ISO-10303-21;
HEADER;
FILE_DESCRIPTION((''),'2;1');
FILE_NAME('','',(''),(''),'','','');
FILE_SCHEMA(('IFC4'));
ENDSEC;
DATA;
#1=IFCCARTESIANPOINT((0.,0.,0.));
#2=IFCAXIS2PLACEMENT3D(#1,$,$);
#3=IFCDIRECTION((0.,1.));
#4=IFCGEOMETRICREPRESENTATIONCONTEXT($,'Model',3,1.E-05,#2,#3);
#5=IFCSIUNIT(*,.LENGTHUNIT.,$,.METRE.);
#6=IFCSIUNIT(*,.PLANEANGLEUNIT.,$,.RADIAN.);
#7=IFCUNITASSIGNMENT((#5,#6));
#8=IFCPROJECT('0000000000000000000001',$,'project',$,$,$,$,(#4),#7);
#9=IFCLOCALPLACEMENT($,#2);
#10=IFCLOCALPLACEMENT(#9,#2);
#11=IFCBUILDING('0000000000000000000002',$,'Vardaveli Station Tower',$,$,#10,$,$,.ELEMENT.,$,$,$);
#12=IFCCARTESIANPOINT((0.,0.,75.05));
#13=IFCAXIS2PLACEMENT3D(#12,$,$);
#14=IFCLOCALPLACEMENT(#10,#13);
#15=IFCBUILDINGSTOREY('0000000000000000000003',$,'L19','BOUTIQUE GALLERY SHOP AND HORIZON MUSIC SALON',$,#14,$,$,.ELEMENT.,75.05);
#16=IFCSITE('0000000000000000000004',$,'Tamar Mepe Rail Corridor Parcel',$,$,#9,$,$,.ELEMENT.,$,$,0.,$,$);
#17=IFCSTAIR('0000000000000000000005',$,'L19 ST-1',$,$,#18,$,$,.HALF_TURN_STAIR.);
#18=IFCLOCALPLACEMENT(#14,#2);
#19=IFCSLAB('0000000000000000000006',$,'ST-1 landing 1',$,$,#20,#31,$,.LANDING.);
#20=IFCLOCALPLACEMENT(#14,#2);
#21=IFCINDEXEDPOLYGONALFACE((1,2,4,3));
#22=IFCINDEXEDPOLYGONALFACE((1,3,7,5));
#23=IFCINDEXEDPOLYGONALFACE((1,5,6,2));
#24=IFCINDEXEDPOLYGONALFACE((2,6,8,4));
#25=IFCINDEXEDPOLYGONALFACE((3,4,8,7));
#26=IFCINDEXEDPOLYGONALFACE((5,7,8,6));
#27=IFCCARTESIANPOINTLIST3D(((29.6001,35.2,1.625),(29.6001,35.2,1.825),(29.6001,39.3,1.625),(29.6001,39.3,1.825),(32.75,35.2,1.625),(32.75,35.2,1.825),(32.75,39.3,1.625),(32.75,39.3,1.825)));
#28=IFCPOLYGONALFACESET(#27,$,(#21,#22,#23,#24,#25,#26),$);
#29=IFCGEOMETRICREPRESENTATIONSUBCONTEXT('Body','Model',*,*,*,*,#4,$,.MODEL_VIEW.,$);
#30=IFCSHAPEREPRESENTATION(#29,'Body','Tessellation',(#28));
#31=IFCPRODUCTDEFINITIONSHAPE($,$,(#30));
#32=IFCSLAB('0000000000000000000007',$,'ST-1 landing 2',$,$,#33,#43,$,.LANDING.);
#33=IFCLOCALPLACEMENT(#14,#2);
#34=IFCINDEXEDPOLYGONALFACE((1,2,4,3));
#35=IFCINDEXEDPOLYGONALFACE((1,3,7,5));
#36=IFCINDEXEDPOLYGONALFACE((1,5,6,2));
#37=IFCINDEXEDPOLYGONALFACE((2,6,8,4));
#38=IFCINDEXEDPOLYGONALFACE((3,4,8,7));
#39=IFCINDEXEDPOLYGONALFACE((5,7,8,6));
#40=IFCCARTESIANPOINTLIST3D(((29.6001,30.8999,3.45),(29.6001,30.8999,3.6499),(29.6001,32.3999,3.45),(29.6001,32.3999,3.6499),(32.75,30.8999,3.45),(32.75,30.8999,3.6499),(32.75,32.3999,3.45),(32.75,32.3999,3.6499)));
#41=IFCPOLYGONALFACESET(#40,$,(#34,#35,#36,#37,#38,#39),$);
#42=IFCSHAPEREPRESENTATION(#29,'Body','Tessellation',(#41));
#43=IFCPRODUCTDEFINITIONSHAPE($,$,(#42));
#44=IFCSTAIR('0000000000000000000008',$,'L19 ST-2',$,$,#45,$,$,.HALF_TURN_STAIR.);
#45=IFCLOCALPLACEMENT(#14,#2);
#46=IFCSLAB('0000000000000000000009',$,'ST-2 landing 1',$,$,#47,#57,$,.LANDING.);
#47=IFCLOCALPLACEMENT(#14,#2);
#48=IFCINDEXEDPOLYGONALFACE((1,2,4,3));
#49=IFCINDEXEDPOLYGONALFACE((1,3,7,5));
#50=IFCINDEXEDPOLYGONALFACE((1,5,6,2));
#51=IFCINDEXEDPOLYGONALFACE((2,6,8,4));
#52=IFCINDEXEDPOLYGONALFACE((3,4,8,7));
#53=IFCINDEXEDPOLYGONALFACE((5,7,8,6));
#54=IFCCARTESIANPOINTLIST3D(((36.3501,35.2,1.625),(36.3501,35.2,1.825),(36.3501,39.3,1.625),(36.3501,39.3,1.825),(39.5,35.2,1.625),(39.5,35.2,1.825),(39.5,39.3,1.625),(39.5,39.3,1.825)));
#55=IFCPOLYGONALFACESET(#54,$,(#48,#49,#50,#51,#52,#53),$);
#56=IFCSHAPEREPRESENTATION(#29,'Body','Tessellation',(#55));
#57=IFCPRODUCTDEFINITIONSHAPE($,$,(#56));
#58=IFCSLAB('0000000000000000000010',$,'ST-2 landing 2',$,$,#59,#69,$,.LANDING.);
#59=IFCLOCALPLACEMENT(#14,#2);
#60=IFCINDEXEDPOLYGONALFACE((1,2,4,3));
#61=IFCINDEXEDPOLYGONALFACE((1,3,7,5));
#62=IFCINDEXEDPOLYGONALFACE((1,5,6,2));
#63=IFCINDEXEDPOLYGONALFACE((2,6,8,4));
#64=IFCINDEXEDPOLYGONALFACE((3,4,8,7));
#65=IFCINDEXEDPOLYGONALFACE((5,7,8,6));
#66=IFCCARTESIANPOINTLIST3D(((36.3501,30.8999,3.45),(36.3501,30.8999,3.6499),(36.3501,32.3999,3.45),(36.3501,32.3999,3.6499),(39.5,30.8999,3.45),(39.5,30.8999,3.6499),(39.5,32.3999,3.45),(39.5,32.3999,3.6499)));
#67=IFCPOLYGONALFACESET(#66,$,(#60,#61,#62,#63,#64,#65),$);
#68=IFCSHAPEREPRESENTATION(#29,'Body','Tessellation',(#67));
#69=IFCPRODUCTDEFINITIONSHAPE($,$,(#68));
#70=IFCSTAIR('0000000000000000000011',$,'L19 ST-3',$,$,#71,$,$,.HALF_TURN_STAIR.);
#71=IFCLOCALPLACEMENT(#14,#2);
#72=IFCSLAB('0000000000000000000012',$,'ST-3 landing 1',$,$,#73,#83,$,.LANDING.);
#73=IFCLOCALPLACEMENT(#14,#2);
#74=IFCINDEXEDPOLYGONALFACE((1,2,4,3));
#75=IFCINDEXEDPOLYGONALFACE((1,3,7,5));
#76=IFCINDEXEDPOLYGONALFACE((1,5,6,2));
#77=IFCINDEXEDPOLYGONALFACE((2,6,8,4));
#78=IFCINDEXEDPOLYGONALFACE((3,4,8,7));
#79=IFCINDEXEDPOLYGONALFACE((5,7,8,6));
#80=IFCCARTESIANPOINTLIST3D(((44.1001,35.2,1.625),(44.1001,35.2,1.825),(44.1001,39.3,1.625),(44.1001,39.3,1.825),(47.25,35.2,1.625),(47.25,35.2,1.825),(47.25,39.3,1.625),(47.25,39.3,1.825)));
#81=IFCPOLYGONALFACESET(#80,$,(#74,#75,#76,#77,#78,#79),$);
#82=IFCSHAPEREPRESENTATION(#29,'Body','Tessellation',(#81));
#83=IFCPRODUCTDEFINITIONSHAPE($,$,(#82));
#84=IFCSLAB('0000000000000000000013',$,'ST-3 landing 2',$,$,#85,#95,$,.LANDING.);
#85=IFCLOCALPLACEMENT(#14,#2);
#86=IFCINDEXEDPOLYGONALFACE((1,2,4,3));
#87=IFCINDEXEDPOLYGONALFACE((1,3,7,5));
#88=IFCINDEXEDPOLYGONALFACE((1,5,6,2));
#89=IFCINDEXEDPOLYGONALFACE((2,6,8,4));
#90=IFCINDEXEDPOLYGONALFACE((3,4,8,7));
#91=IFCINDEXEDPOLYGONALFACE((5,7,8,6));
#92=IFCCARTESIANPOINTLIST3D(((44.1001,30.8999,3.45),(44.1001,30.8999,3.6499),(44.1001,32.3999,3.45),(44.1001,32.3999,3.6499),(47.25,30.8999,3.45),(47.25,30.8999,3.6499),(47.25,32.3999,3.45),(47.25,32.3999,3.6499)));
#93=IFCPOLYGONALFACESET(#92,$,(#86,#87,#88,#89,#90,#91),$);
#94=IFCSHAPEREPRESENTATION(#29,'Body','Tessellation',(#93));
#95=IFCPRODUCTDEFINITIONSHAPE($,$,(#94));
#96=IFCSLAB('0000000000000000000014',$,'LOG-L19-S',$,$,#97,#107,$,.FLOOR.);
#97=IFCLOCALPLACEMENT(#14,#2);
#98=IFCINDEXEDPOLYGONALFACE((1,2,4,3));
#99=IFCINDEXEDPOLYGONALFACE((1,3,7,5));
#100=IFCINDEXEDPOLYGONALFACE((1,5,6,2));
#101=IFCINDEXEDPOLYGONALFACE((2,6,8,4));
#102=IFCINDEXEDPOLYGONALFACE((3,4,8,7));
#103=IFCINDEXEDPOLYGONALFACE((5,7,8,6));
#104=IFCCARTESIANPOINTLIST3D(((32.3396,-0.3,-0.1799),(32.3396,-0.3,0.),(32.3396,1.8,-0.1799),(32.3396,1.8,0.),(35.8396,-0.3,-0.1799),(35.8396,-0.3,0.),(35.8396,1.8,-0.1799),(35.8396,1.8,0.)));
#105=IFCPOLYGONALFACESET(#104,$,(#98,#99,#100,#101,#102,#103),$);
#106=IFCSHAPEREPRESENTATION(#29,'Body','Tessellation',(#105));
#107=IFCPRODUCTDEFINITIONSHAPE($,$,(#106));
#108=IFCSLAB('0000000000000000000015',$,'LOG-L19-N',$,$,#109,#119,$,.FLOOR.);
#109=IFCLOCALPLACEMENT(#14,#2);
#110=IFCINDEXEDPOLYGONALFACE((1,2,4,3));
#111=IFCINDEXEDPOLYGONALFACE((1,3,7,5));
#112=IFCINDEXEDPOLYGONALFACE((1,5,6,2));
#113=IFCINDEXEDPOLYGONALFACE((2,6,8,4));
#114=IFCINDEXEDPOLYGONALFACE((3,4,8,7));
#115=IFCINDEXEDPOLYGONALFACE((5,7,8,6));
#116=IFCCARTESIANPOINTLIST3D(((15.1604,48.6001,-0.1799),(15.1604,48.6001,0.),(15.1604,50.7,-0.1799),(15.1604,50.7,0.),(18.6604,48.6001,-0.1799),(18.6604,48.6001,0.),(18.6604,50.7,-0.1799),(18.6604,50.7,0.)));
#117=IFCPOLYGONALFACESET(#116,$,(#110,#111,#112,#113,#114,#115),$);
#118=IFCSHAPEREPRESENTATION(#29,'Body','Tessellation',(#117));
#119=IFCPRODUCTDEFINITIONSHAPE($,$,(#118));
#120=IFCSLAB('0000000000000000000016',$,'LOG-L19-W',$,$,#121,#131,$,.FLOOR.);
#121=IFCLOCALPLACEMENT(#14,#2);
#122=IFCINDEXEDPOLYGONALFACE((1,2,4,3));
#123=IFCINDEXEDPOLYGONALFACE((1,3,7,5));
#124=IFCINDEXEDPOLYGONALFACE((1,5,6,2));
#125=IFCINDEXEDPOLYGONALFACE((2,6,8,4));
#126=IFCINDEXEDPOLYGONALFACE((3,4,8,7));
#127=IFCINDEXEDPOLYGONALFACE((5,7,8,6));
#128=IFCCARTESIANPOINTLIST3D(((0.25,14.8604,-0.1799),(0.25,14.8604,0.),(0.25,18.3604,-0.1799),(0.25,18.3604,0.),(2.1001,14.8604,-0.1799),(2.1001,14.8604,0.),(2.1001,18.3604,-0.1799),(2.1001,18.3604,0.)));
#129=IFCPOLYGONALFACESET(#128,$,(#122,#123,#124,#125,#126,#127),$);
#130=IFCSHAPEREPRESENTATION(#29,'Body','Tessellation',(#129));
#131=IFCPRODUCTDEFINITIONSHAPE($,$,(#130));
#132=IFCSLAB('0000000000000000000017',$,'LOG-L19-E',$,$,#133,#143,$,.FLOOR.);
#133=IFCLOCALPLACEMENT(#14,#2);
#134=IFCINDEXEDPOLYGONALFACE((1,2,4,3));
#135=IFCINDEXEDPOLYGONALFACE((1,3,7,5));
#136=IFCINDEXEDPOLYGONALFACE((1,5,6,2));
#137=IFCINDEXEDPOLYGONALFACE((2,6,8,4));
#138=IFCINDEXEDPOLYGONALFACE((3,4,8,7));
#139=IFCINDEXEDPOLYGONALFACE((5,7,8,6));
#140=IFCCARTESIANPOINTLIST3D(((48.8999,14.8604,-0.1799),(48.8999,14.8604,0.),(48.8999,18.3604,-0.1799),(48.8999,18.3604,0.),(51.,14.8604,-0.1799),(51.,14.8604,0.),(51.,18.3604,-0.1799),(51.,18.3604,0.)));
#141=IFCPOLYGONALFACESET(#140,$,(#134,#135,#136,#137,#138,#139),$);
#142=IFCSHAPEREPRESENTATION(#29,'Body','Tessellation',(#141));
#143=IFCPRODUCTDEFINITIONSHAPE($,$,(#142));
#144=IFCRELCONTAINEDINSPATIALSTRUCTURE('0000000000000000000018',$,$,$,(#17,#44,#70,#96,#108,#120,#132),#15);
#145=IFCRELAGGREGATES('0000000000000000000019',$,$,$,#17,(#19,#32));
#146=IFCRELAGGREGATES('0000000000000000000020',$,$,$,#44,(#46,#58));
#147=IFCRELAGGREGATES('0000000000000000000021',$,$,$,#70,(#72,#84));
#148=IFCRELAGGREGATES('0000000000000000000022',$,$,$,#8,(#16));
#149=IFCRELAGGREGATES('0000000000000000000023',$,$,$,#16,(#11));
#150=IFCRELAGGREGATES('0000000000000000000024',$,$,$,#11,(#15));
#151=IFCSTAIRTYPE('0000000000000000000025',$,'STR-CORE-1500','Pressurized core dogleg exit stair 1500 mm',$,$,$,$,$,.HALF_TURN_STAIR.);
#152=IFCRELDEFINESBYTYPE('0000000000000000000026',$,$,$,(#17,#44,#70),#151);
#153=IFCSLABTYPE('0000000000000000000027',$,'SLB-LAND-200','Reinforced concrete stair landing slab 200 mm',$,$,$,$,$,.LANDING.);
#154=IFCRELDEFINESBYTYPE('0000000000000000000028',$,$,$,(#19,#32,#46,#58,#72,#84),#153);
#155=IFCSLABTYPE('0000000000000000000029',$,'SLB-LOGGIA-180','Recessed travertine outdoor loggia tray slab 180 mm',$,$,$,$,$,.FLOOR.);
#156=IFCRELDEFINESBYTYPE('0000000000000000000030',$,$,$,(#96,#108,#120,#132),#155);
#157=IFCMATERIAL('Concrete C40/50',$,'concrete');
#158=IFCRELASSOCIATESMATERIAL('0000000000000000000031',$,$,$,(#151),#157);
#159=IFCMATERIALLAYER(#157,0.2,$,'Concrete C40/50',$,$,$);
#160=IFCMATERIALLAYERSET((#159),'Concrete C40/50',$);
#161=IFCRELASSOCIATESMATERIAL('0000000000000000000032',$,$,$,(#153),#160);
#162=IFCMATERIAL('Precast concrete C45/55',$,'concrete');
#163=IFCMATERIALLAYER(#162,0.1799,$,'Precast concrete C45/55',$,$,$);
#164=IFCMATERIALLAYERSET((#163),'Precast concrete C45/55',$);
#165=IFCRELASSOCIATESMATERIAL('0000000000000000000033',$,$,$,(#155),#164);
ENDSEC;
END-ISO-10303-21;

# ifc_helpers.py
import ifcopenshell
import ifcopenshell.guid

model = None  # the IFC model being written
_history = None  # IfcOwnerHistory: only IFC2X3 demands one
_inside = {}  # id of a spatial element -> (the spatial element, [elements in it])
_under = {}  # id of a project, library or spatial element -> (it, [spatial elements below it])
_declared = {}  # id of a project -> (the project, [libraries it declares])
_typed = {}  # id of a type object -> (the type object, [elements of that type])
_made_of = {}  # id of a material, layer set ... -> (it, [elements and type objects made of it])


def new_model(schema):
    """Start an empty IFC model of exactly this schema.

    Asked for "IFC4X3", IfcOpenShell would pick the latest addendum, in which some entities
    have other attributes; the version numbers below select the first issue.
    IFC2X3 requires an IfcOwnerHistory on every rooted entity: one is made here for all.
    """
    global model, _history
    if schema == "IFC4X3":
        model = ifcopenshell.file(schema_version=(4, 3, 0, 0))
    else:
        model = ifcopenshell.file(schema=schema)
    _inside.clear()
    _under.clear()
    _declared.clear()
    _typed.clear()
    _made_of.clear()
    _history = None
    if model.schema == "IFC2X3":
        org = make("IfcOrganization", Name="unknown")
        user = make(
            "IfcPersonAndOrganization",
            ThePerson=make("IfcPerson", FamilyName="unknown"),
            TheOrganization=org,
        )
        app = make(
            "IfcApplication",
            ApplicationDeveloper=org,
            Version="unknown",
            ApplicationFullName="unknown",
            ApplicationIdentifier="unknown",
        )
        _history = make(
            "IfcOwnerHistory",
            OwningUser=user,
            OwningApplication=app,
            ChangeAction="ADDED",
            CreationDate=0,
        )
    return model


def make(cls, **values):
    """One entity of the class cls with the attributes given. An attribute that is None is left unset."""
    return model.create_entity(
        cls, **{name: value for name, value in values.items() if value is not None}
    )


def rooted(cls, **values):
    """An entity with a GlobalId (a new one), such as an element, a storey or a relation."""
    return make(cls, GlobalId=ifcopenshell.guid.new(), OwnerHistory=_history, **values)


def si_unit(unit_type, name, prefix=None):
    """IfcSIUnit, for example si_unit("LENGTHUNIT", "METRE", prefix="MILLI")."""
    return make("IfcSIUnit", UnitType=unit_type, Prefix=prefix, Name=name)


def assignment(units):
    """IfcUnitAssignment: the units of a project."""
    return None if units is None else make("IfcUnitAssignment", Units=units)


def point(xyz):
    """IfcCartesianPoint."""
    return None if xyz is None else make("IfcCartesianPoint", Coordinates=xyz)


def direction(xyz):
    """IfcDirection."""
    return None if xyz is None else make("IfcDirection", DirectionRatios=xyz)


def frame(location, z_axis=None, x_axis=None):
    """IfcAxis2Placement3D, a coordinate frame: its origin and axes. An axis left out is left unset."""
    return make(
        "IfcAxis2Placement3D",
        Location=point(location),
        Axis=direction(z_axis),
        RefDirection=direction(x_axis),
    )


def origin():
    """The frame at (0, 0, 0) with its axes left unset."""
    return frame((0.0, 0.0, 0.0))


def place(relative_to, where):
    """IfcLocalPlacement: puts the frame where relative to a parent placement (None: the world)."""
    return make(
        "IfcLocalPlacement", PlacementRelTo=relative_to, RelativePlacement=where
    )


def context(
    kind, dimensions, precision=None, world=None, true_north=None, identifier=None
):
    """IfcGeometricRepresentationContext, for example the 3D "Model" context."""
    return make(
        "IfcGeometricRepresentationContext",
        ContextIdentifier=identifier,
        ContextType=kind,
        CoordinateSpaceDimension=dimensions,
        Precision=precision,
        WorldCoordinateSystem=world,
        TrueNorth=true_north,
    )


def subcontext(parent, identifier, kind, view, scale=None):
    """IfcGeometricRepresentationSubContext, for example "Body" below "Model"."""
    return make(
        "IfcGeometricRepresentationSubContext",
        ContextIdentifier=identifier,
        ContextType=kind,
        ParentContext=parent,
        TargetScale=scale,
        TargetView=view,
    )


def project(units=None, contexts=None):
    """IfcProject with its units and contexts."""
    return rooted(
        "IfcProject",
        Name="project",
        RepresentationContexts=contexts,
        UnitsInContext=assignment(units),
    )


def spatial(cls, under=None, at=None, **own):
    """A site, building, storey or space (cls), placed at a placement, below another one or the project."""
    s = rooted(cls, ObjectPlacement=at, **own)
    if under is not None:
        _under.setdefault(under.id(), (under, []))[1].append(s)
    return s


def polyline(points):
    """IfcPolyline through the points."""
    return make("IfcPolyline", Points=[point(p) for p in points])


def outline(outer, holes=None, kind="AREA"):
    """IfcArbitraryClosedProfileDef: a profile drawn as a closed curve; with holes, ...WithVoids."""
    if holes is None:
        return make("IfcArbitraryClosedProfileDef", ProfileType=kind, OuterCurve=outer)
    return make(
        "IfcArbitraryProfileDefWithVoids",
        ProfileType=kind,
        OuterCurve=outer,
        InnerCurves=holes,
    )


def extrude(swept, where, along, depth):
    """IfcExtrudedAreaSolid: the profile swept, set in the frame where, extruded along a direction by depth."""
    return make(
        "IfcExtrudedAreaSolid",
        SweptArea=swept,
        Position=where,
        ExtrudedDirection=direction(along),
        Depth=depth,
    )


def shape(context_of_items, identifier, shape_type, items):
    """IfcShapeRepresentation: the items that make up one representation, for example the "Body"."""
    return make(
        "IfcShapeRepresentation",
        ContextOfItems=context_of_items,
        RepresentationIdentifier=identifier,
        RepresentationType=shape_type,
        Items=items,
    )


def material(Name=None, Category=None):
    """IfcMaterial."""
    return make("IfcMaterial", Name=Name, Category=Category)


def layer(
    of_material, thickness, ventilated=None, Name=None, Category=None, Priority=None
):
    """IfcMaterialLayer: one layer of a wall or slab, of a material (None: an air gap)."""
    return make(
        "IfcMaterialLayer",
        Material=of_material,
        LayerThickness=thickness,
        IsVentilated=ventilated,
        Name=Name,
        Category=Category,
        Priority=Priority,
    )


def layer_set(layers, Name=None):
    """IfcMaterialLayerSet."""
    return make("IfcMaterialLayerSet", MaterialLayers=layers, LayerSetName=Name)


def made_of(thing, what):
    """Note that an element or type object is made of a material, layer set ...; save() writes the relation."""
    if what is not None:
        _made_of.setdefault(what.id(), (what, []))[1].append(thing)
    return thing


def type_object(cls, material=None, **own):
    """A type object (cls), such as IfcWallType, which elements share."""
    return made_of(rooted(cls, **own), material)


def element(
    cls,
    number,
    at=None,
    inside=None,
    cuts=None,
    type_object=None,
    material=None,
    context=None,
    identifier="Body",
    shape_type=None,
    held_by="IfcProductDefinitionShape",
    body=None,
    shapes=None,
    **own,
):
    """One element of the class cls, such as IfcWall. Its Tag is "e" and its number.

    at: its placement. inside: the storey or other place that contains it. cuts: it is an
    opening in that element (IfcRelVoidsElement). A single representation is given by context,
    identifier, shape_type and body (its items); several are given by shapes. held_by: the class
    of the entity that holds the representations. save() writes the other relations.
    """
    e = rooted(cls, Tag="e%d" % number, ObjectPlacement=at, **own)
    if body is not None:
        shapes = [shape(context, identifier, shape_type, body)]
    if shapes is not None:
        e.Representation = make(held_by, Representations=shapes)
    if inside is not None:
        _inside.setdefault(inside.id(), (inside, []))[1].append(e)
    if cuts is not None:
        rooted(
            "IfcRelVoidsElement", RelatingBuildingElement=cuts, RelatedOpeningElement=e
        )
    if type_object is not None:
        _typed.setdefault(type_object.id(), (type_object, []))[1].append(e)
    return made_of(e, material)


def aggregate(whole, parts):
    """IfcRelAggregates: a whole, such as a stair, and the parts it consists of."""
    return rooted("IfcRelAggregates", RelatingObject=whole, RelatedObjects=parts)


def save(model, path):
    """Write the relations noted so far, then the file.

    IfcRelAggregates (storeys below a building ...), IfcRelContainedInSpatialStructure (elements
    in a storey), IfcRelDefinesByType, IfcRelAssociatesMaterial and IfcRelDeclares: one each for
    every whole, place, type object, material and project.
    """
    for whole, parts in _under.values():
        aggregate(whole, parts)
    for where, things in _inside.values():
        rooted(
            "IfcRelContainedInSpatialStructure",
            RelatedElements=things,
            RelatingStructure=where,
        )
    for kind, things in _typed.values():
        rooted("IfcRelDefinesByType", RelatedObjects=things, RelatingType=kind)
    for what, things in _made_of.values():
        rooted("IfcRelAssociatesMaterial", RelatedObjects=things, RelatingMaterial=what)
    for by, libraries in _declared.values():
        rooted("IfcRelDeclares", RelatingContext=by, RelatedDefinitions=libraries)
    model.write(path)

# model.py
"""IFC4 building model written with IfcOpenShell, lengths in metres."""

from ifc_helpers import new_model, si_unit, direction, frame, origin, place, context, subcontext, project, spatial, polyline, outline, extrude, material, layer, layer_set, type_object, element, aggregate, save


model = new_model("IFC4")

# Units and contexts
model_context = context("Model", 3, precision=1e-05, world=origin(), true_north=direction((0.0, 1.0)))
body_context = subcontext(model_context, "Body", "Model", "MODEL_VIEW")
ifc_project = project(units=[si_unit("LENGTHUNIT", "METRE"), si_unit("PLANEANGLEUNIT", "RADIAN")], contexts=[model_context])

# Site, building, storey
site_placement = place(None, origin())
site = spatial("IfcSite", under=ifc_project, at=site_placement, Name="Tamar Mepe Rail Corridor Parcel", CompositionType="ELEMENT", RefElevation=0.0)
building_placement = place(site_placement, origin())
building = spatial("IfcBuilding", under=site, at=building_placement, Name="Vardaveli Station Tower", CompositionType="ELEMENT")
storey_placement = place(building_placement, frame((0.0, 0.0, 75.05)))
storey = spatial("IfcBuildingStorey", under=building, at=storey_placement, Name="L19", Description="BOUTIQUE GALLERY SHOP AND HORIZON MUSIC SALON", CompositionType="ELEMENT", Elevation=75.05)

# Stairs, slabs
ifc_material_1 = material(Name="Concrete C40/50", Category="concrete")
stair_type = type_object("IfcStairType", Name="STR-CORE-1500", Description="Pressurized core dogleg exit stair 1500 mm", PredefinedType="HALF_TURN_STAIR", material=ifc_material_1)
stair_1_placement = place(storey_placement, origin())
stair_1 = element("IfcStair", 1, at=stair_1_placement, inside=storey, type_object=stair_type, Name="L19 ST-1", PredefinedType="HALF_TURN_STAIR")
ifc_layer_1 = layer(ifc_material_1, 0.2, Name="Concrete C40/50")
ifc_layer_set_1 = layer_set([ifc_layer_1], Name="Concrete C40/50")
slab_type_1 = type_object("IfcSlabType", Name="SLB-LAND-200", Description="Reinforced concrete stair landing slab 200 mm", PredefinedType="LANDING", material=ifc_layer_set_1)
slab_1_placement = place(storey_placement, frame((0.0, 0.0, 1.625)))
slab_1 = element("IfcSlab", 2, at=slab_1_placement, type_object=slab_type_1, Name="ST-1 landing 1", PredefinedType="LANDING", context=body_context, shape_type="SweptSolid", body=[
    extrude(outline(polyline([(32.75, 35.2), (32.75, 39.3), (29.6001, 39.3), (29.6001, 35.2), (32.75, 35.2)])), origin(), (0.0, 0.0, 1.0), 0.2),
])
slab_2_placement = place(storey_placement, frame((0.0, 0.0, 3.45)))
slab_2 = element("IfcSlab", 3, at=slab_2_placement, type_object=slab_type_1, Name="ST-1 landing 2", PredefinedType="LANDING", context=body_context, shape_type="SweptSolid", body=[
    extrude(outline(polyline([(32.75, 30.8999), (32.75, 32.3999), (29.6001, 32.3999), (29.6001, 30.8999), (32.75, 30.8999)])), origin(), (0.0, 0.0, 1.0), 0.2),
])
aggregate(stair_1, [slab_1, slab_2])
stair_2_placement = place(storey_placement, origin())
stair_2 = element("IfcStair", 4, at=stair_2_placement, inside=storey, type_object=stair_type, Name="L19 ST-2", PredefinedType="HALF_TURN_STAIR")
slab_3_placement = place(storey_placement, frame((0.0, 0.0, 1.625)))
slab_3 = element("IfcSlab", 5, at=slab_3_placement, type_object=slab_type_1, Name="ST-2 landing 1", PredefinedType="LANDING", context=body_context, shape_type="SweptSolid", body=[
    extrude(outline(polyline([(39.5, 35.2), (39.5, 39.3), (36.3501, 39.3), (36.3501, 35.2), (39.5, 35.2)])), origin(), (0.0, 0.0, 1.0), 0.2),
])
slab_4_placement = place(storey_placement, frame((0.0, 0.0, 3.45)))
slab_4 = element("IfcSlab", 6, at=slab_4_placement, type_object=slab_type_1, Name="ST-2 landing 2", PredefinedType="LANDING", context=body_context, shape_type="SweptSolid", body=[
    extrude(outline(polyline([(39.5, 30.8999), (39.5, 32.3999), (36.3501, 32.3999), (36.3501, 30.8999), (39.5, 30.8999)])), origin(), (0.0, 0.0, 1.0), 0.2),
])
aggregate(stair_2, [slab_3, slab_4])
stair_3_placement = place(storey_placement, origin())
stair_3 = element("IfcStair", 7, at=stair_3_placement, inside=storey, type_object=stair_type, Name="L19 ST-3", PredefinedType="HALF_TURN_STAIR")
slab_5_placement = place(storey_placement, frame((0.0, 0.0, 1.625)))
slab_5 = element("IfcSlab", 8, at=slab_5_placement, type_object=slab_type_1, Name="ST-3 landing 1", PredefinedType="LANDING", context=body_context, shape_type="SweptSolid", body=[
    extrude(outline(polyline([(47.25, 35.2), (47.25, 39.3), (44.1001, 39.3), (44.1001, 35.2), (47.25, 35.2)])), origin(), (0.0, 0.0, 1.0), 0.2),
])
slab_6_placement = place(storey_placement, frame((0.0, 0.0, 3.45)))
slab_6 = element("IfcSlab", 9, at=slab_6_placement, type_object=slab_type_1, Name="ST-3 landing 2", PredefinedType="LANDING", context=body_context, shape_type="SweptSolid", body=[
    extrude(outline(polyline([(47.25, 30.8999), (47.25, 32.3999), (44.1001, 32.3999), (44.1001, 30.8999), (47.25, 30.8999)])), origin(), (0.0, 0.0, 1.0), 0.2),
])
aggregate(stair_3, [slab_5, slab_6])

# Slabs
ifc_material_2 = material(Name="Precast concrete C45/55", Category="concrete")
ifc_layer_2 = layer(ifc_material_2, 0.1799, Name="Precast concrete C45/55")
ifc_layer_set_2 = layer_set([ifc_layer_2], Name="Precast concrete C45/55")
slab_type_2 = type_object("IfcSlabType", Name="SLB-LOGGIA-180", Description="Recessed travertine outdoor loggia tray slab 180 mm", PredefinedType="FLOOR", material=ifc_layer_set_2)
slab_7_placement = place(storey_placement, frame((0.0, 0.0, -0.1799)))
element("IfcSlab", 10, at=slab_7_placement, inside=storey, type_object=slab_type_2, Name="LOG-L19-S", PredefinedType="FLOOR", context=body_context, shape_type="SweptSolid", body=[
    extrude(outline(polyline([(32.3396, -0.3), (35.8396, -0.3), (35.8396, 1.8), (32.3396, 1.8), (32.3396, -0.3)])), origin(), (0.0, 0.0, 1.0), 0.1799),
])
slab_8_placement = place(storey_placement, frame((0.0, 0.0, -0.1799)))
element("IfcSlab", 11, at=slab_8_placement, inside=storey, type_object=slab_type_2, Name="LOG-L19-N", PredefinedType="FLOOR", context=body_context, shape_type="SweptSolid", body=[
    extrude(outline(polyline([(15.1604, 48.6001), (18.6604, 48.6001), (18.6604, 50.7), (15.1604, 50.7), (15.1604, 48.6001)])), origin(), (0.0, 0.0, 1.0), 0.1799),
])
slab_9_placement = place(storey_placement, frame((0.0, 0.0, -0.1799)))
element("IfcSlab", 12, at=slab_9_placement, inside=storey, type_object=slab_type_2, Name="LOG-L19-W", PredefinedType="FLOOR", context=body_context, shape_type="SweptSolid", body=[
    extrude(outline(polyline([(0.25, 14.8604), (2.1001, 14.8604), (2.1001, 18.3604), (0.25, 18.3604), (0.25, 14.8604)])), origin(), (0.0, 0.0, 1.0), 0.1799),
])
slab_10_placement = place(storey_placement, frame((0.0, 0.0, -0.1799)))
element("IfcSlab", 13, at=slab_10_placement, inside=storey, type_object=slab_type_2, Name="LOG-L19-E", PredefinedType="FLOOR", context=body_context, shape_type="SweptSolid", body=[
    extrude(outline(polyline([(48.8999, 14.8604), (51.0, 14.8604), (51.0, 18.3604), (48.8999, 18.3604), (48.8999, 14.8604)])), origin(), (0.0, 0.0, 1.0), 0.1799),
])

save(model, "model.ifc")
